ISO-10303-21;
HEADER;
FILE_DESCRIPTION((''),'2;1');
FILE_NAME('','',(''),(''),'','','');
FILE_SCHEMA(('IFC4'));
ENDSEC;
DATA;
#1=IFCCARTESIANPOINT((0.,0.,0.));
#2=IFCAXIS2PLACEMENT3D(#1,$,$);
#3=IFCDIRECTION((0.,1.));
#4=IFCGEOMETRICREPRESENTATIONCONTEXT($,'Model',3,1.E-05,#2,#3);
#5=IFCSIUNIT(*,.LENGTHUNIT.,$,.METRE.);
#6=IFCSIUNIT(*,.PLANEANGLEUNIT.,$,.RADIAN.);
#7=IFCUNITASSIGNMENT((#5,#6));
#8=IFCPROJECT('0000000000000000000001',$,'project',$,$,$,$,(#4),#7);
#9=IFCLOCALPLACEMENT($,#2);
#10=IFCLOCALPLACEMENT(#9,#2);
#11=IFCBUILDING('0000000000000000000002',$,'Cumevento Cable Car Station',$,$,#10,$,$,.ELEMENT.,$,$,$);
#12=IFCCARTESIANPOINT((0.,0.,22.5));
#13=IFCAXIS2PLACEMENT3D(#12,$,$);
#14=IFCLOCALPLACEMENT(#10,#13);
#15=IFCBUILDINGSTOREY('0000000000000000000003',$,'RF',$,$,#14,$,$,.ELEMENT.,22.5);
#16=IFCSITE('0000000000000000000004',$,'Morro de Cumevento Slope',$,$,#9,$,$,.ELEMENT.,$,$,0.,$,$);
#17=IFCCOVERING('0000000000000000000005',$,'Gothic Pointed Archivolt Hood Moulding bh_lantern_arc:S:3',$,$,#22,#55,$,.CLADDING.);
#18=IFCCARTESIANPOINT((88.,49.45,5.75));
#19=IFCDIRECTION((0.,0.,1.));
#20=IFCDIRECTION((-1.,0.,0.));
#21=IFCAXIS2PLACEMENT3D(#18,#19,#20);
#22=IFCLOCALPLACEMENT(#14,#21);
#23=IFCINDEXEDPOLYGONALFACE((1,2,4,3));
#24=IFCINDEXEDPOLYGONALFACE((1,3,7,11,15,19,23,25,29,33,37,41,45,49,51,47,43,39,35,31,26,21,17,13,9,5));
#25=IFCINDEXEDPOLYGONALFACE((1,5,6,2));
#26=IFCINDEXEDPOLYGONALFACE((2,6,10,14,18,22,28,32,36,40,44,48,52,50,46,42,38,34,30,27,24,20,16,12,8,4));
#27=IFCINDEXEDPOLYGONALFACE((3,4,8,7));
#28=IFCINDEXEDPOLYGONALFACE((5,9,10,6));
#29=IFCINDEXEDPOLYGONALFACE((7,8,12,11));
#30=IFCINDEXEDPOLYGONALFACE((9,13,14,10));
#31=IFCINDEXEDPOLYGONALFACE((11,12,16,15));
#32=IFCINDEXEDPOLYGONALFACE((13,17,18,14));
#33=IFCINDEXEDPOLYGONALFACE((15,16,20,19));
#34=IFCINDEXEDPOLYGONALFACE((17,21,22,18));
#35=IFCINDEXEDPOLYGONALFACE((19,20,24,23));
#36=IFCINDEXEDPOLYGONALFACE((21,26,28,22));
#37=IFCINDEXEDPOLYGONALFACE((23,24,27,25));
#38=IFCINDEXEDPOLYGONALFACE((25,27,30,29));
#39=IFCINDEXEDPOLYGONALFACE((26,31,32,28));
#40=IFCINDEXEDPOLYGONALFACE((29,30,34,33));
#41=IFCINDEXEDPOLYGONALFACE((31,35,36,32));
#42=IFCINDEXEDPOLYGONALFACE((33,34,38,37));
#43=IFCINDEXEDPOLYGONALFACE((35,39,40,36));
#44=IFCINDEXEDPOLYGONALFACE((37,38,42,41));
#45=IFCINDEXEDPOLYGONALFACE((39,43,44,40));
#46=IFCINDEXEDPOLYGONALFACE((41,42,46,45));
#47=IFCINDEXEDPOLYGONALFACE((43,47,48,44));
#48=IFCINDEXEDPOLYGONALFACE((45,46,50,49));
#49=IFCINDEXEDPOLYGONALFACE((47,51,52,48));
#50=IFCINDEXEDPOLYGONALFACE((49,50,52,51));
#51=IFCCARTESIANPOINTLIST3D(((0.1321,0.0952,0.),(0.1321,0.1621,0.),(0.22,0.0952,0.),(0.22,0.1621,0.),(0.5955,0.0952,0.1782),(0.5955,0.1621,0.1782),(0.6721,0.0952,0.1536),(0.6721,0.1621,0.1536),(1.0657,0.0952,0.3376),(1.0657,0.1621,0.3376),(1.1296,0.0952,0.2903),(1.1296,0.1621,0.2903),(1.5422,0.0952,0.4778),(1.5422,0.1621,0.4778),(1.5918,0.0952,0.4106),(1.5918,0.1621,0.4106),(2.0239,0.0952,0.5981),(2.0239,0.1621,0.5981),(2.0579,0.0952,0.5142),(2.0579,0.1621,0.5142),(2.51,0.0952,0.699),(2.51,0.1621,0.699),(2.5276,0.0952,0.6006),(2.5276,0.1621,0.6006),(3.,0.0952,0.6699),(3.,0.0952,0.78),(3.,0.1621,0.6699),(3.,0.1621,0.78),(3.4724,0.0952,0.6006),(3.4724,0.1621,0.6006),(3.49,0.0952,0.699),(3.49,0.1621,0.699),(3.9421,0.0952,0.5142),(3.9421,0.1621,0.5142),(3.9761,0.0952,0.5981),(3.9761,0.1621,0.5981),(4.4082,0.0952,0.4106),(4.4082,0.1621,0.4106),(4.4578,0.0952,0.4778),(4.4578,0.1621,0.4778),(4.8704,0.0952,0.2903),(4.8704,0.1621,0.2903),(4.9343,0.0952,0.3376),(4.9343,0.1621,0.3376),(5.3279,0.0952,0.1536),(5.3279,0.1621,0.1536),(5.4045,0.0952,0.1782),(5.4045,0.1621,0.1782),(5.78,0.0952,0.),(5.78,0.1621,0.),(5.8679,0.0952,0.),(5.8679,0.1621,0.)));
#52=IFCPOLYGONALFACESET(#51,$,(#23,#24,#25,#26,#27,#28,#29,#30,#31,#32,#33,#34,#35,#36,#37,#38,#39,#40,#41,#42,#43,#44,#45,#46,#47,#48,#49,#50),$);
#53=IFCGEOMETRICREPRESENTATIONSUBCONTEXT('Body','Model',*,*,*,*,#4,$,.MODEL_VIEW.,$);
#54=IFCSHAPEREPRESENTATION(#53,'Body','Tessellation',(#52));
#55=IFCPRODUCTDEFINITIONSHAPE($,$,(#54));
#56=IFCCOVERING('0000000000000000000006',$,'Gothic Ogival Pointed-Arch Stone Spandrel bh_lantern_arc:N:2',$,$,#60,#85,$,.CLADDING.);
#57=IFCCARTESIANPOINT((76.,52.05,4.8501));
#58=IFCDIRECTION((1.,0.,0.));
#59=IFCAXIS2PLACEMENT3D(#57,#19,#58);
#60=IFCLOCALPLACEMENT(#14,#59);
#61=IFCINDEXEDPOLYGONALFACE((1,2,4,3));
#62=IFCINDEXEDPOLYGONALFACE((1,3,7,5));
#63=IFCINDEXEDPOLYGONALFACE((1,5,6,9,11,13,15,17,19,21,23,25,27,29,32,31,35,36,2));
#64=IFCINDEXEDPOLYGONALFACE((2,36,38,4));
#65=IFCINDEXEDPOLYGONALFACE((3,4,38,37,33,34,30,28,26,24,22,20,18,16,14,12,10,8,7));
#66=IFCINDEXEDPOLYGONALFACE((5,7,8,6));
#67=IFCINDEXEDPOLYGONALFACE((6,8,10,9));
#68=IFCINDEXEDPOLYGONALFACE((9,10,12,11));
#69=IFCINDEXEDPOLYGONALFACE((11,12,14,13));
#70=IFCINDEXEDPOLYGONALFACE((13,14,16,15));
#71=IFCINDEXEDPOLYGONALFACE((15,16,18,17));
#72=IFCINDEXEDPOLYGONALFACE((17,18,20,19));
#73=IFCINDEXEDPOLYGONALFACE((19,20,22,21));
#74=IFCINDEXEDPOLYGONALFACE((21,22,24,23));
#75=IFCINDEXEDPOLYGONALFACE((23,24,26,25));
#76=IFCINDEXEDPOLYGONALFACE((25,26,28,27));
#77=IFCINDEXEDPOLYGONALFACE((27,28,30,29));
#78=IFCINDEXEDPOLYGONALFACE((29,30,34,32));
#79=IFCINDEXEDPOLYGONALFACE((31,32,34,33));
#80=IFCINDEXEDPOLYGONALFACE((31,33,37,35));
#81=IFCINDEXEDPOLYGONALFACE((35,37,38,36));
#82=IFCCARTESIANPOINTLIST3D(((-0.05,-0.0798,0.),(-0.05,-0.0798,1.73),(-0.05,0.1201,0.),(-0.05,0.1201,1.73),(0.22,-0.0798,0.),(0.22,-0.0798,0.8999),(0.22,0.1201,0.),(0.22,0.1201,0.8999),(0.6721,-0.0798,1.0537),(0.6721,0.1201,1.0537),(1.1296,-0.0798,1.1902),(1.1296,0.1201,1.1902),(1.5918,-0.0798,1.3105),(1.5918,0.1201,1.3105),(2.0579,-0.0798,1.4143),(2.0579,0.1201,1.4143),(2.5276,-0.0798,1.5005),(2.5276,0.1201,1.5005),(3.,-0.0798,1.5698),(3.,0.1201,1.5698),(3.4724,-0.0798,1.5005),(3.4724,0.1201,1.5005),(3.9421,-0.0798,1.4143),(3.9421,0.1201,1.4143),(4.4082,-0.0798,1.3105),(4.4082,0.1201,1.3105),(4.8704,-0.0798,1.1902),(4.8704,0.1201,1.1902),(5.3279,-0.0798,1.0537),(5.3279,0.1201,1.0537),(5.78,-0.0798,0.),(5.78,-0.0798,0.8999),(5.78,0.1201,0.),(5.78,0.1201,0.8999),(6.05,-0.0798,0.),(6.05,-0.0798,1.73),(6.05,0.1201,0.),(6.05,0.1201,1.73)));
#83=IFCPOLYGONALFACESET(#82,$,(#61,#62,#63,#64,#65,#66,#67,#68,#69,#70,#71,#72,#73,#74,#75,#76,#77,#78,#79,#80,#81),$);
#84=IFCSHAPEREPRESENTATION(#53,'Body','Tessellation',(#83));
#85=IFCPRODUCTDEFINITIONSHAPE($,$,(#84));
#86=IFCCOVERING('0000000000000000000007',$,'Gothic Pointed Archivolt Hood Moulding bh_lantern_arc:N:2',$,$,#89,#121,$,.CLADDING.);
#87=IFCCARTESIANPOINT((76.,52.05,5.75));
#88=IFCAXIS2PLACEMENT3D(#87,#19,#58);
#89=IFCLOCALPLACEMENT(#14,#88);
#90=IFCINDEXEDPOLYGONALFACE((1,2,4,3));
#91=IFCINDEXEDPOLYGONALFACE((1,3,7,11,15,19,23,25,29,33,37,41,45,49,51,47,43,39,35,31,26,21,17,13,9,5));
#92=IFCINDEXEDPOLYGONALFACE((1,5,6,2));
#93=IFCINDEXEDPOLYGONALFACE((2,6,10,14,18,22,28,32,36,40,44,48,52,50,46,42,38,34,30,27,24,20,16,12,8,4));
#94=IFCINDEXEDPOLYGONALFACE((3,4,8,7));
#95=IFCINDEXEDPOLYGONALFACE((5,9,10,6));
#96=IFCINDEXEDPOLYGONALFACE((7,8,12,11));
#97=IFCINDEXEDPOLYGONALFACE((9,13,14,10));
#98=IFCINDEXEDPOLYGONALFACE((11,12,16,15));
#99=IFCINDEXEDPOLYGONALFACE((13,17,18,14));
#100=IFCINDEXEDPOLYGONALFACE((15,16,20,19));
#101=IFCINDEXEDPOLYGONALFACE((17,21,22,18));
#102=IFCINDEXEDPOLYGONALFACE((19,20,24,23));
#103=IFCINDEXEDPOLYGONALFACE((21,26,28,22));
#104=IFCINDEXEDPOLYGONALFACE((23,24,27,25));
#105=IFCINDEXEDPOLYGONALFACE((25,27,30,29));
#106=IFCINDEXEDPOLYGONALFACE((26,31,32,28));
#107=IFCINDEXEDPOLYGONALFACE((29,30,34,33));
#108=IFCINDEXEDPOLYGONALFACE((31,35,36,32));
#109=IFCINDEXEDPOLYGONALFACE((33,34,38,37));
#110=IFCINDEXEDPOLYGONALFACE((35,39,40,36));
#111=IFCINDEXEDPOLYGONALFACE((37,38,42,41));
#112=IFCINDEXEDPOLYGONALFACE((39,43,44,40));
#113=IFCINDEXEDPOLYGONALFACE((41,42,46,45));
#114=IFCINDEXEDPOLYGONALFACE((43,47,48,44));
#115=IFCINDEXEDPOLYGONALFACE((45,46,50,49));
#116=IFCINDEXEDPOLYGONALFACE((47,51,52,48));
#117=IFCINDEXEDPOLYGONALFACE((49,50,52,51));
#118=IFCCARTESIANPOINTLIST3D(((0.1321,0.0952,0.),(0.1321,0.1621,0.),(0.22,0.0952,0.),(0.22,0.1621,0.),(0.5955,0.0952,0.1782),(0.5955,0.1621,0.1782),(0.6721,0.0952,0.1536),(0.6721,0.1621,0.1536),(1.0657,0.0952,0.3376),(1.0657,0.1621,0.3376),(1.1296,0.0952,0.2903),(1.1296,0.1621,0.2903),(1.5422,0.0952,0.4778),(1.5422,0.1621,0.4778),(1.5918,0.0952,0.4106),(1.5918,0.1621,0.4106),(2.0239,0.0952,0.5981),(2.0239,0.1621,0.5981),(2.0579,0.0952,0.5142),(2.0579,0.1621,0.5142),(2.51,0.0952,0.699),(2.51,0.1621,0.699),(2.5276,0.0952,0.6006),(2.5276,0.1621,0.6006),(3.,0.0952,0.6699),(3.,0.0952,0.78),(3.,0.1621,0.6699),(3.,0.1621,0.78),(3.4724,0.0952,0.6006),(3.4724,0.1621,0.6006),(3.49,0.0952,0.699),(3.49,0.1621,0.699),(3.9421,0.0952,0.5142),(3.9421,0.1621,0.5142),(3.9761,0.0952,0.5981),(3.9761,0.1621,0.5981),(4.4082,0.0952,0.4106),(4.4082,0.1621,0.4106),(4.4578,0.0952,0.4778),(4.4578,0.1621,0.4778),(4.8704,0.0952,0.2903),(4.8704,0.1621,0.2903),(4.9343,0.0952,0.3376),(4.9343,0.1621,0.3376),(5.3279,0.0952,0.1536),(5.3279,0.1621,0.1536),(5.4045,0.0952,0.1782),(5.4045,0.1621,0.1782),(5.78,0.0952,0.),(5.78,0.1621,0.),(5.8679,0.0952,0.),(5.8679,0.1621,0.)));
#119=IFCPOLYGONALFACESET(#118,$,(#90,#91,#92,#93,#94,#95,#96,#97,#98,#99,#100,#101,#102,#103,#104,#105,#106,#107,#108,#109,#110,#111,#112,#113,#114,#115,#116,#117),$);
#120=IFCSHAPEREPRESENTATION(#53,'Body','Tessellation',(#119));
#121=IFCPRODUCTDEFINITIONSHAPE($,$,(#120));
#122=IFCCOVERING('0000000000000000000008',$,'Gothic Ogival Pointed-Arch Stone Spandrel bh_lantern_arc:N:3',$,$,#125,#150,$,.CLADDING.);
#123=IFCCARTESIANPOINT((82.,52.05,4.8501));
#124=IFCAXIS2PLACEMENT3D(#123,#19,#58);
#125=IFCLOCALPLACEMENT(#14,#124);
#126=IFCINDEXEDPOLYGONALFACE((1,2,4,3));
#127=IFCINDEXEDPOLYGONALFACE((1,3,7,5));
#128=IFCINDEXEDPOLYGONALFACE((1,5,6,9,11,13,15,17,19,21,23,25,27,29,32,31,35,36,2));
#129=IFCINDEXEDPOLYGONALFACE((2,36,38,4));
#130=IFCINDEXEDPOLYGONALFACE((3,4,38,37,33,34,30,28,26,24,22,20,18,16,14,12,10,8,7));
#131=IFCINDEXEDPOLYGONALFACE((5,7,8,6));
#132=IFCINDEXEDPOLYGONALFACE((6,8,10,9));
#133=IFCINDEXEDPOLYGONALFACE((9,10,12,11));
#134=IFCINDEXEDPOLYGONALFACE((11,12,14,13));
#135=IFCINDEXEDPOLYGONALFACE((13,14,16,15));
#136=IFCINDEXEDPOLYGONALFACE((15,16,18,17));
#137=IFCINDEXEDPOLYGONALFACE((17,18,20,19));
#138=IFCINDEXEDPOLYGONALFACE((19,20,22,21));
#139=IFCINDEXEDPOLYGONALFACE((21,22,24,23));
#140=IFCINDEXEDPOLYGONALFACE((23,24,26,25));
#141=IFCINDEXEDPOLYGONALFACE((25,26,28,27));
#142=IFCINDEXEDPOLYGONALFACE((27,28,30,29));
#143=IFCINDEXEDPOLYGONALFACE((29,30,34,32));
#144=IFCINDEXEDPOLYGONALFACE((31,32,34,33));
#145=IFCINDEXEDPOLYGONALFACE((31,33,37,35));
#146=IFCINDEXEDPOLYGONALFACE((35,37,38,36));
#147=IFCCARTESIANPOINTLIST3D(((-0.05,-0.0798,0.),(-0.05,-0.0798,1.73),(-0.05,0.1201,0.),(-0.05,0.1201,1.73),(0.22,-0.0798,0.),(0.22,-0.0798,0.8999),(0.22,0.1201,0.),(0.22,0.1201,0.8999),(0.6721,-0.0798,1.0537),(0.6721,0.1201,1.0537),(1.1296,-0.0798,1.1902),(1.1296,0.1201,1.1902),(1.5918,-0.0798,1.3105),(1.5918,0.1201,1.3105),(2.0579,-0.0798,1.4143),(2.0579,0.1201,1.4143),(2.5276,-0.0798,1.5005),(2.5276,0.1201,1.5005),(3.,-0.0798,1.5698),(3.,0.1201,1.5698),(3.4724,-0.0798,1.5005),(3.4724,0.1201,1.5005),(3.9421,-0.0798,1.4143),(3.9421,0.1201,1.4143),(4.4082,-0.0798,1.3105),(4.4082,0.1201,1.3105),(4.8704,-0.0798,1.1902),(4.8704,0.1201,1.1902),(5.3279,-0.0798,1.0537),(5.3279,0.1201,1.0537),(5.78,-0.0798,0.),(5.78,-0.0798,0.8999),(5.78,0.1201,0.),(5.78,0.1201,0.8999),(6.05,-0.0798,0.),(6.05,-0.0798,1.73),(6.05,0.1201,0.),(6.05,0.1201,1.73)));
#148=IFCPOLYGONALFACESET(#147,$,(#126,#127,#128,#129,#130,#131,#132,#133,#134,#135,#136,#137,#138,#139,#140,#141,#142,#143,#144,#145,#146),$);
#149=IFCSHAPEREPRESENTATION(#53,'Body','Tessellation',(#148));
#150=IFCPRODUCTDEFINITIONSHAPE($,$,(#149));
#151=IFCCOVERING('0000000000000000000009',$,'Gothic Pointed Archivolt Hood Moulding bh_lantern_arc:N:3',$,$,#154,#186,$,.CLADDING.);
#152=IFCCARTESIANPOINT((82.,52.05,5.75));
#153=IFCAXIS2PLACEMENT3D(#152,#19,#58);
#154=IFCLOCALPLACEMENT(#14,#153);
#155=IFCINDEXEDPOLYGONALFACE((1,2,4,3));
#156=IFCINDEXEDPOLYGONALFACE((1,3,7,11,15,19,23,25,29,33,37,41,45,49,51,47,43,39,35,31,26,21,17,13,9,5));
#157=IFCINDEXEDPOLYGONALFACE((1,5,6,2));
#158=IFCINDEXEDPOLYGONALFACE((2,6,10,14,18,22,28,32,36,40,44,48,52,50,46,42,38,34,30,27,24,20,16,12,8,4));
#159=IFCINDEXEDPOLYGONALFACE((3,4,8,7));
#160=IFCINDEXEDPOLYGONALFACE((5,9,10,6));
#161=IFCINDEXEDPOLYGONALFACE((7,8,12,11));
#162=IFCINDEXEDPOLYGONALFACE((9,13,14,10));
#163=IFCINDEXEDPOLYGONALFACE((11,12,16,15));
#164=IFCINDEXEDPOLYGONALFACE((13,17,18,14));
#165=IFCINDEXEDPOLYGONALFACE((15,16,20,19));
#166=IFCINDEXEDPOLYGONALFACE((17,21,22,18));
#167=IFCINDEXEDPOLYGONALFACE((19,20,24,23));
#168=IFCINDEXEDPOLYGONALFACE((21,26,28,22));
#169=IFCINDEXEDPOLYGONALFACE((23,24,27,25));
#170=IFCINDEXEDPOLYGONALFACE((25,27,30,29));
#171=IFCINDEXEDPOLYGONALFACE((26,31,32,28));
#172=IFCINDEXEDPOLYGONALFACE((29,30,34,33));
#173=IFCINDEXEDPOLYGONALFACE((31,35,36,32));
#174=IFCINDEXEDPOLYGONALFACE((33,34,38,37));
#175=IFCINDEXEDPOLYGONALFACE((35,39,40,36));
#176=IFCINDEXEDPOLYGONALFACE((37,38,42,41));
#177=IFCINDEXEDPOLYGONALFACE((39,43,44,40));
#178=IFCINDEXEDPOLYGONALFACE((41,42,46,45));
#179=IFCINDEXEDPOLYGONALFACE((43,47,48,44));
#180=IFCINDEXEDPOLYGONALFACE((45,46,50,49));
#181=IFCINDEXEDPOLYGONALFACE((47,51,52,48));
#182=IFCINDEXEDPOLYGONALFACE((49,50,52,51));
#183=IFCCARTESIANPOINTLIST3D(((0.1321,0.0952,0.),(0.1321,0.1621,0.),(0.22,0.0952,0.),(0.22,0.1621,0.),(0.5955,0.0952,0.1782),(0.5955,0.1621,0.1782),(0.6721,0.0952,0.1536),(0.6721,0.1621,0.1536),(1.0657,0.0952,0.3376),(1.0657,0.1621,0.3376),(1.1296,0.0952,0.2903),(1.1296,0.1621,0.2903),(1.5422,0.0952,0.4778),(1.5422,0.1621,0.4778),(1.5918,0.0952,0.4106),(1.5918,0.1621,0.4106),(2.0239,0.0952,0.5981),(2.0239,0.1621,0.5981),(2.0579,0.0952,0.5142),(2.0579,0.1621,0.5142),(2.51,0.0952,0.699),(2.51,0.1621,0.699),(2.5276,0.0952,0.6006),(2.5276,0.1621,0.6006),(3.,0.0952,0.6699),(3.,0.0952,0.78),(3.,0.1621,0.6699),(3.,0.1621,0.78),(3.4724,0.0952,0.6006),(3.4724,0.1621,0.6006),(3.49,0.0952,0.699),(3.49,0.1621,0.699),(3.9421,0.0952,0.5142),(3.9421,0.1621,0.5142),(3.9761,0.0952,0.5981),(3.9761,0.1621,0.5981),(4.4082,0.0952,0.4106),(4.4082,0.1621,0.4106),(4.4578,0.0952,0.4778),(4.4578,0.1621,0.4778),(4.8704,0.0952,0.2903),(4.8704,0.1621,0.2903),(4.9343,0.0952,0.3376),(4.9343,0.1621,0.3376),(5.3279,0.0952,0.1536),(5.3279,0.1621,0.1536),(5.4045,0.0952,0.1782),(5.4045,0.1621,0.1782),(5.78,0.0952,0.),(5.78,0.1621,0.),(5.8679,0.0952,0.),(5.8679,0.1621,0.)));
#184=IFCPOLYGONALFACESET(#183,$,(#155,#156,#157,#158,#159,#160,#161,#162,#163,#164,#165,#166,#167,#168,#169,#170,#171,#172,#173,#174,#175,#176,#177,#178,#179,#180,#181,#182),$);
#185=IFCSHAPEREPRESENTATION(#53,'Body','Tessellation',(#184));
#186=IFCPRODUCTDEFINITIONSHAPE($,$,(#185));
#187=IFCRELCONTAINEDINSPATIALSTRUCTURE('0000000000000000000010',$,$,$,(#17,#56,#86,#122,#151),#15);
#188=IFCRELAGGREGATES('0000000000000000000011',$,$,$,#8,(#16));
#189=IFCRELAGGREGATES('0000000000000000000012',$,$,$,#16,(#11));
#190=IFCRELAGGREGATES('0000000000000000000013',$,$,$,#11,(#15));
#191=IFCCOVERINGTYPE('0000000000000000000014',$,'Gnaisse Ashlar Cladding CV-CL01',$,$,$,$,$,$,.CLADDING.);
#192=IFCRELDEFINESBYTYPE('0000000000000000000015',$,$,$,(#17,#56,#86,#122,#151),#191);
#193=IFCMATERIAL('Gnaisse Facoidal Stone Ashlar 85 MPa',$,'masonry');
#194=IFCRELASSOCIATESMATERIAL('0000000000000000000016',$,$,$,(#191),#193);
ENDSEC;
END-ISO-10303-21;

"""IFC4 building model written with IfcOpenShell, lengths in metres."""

from ifc_helpers import new_model, si_unit, direction, frame, origin, place, context, subcontext, project, spatial, polyline, outline, extrude, material, type_object, element, save


model = new_model("IFC4")

# Units and contexts
model_context = context("Model", 3, precision=1e-05, world=origin(), true_north=direction((0.0, 1.0)))
body_context = subcontext(model_context, "Body", "Model", "MODEL_VIEW")
ifc_project = project(units=[si_unit("LENGTHUNIT", "METRE"), si_unit("PLANEANGLEUNIT", "RADIAN")], contexts=[model_context])

# Site, building, storey
site_placement = place(None, origin())
site = spatial("IfcSite", under=ifc_project, at=site_placement, Name="Morro de Cumevento Slope", CompositionType="ELEMENT", RefElevation=0.0)
building_placement = place(site_placement, origin())
building = spatial("IfcBuilding", under=site, at=building_placement, Name="Cumevento Cable Car Station", CompositionType="ELEMENT")
storey_placement = place(building_placement, frame((0.0, 0.0, 22.5)))
storey = spatial("IfcBuildingStorey", under=building, at=storey_placement, Name="RF", CompositionType="ELEMENT", Elevation=22.5)

# Coverings
ifc_material_1 = material(Name="Gnaisse Facoidal Stone Ashlar 85 MPa", Category="masonry")
covering_type_1 = type_object("IfcCoveringType", Name="Gnaisse Ashlar Cladding CV-CL01", PredefinedType="CLADDING", material=ifc_material_1)
covering_1_placement = place(storey_placement, frame((88.0, 49.45, 5.75), z_axis=(0.0, 0.0, 1.0), x_axis=(-1.0, 0.0, 0.0)))
element("IfcCovering", 1, at=covering_1_placement, inside=storey, type_object=covering_type_1, Name="Gothic Pointed Archivolt Hood Moulding bh_lantern_arc:S:3", PredefinedType="CLADDING", context=body_context, shape_type="SweptSolid", body=[
    extrude(outline(polyline([(0.22, 0.0), (0.6721, 0.1536), (1.1296, 0.2903), (1.5918, 0.4106), (2.0579, 0.5142), (2.5276, 0.6006), (3.0, 0.6699), (3.4724, 0.6006), (3.9421, 0.5142), (4.4082, 0.4106), (4.8704, 0.2903), (5.3279, 0.1536), (5.78, 0.0), (5.8679, 0.0), (5.4045, 0.1782), (4.9343, 0.3376), (4.4578, 0.4778), (3.9761, 0.5981), (3.49, 0.699), (3.0, 0.78), (2.51, 0.699), (2.0239, 0.5981), (1.5422, 0.4778), (1.0657, 0.3376), (0.5955, 0.1782), (0.1321, 0.0), (0.22, 0.0)])), frame((0.0, 0.1621, 0.0), z_axis=(0.0, -1.0, 0.0), x_axis=(1.0, 0.0, 0.0)), (0.0, 0.0, 1.0), 0.0669),
])
covering_2_placement = place(storey_placement, frame((76.0, 52.05, 4.8501), z_axis=(0.0, 0.0, 1.0), x_axis=(1.0, 0.0, 0.0)))
element("IfcCovering", 2, at=covering_2_placement, inside=storey, type_object=covering_type_1, Name="Gothic Ogival Pointed-Arch Stone Spandrel bh_lantern_arc:N:2", PredefinedType="CLADDING", context=body_context, shape_type="SweptSolid", body=[
    extrude(outline(polyline([(-0.05, 0.0), (-0.05, 1.73), (6.05, 1.73), (6.05, 0.0), (5.78, 0.0), (5.78, 0.8999), (5.3279, 1.0537), (4.8704, 1.1902), (4.4082, 1.3105), (3.9421, 1.4143), (3.4724, 1.5005), (3.0, 1.5698), (2.5276, 1.5005), (2.0579, 1.4143), (1.5918, 1.3105), (1.1296, 1.1902), (0.6721, 1.0537), (0.22, 0.8999), (0.22, 0.0), (-0.05, 0.0)])), frame((0.0, 0.1201, 0.0), z_axis=(0.0, -1.0, 0.0), x_axis=(1.0, 0.0, 0.0)), (0.0, 0.0, 1.0), 0.2),
])
covering_3_placement = place(storey_placement, frame((76.0, 52.05, 5.75), z_axis=(0.0, 0.0, 1.0), x_axis=(1.0, 0.0, 0.0)))
element("IfcCovering", 3, at=covering_3_placement, inside=storey, type_object=covering_type_1, Name="Gothic Pointed Archivolt Hood Moulding bh_lantern_arc:N:2", PredefinedType="CLADDING", context=body_context, shape_type="SweptSolid", body=[
    extrude(outline(polyline([(0.22, 0.0), (0.6721, 0.1536), (1.1296, 0.2903), (1.5918, 0.4106), (2.0579, 0.5142), (2.5276, 0.6006), (3.0, 0.6699), (3.4724, 0.6006), (3.9421, 0.5142), (4.4082, 0.4106), (4.8704, 0.2903), (5.3279, 0.1536), (5.78, 0.0), (5.8679, 0.0), (5.4045, 0.1782), (4.9343, 0.3376), (4.4578, 0.4778), (3.9761, 0.5981), (3.49, 0.699), (3.0, 0.78), (2.51, 0.699), (2.0239, 0.5981), (1.5422, 0.4778), (1.0657, 0.3376), (0.5955, 0.1782), (0.1321, 0.0), (0.22, 0.0)])), frame((0.0, 0.1621, 0.0), z_axis=(0.0, -1.0, 0.0), x_axis=(1.0, 0.0, 0.0)), (0.0, 0.0, 1.0), 0.0669),
])
covering_4_placement = place(storey_placement, frame((82.0, 52.05, 4.8501), z_axis=(0.0, 0.0, 1.0), x_axis=(1.0, 0.0, 0.0)))
element("IfcCovering", 4, at=covering_4_placement, inside=storey, type_object=covering_type_1, Name="Gothic Ogival Pointed-Arch Stone Spandrel bh_lantern_arc:N:3", PredefinedType="CLADDING", context=body_context, shape_type="SweptSolid", body=[
    extrude(outline(polyline([(-0.05, 0.0), (-0.05, 1.73), (6.05, 1.73), (6.05, 0.0), (5.78, 0.0), (5.78, 0.8999), (5.3279, 1.0537), (4.8704, 1.1902), (4.4082, 1.3105), (3.9421, 1.4143), (3.4724, 1.5005), (3.0, 1.5698), (2.5276, 1.5005), (2.0579, 1.4143), (1.5918, 1.3105), (1.1296, 1.1902), (0.6721, 1.0537), (0.22, 0.8999), (0.22, 0.0), (-0.05, 0.0)])), frame((0.0, 0.1201, 0.0), z_axis=(0.0, -1.0, 0.0), x_axis=(1.0, 0.0, 0.0)), (0.0, 0.0, 1.0), 0.2),
])
covering_5_placement = place(storey_placement, frame((82.0, 52.05, 5.75), z_axis=(0.0, 0.0, 1.0), x_axis=(1.0, 0.0, 0.0)))
element("IfcCovering", 5, at=covering_5_placement, inside=storey, type_object=covering_type_1, Name="Gothic Pointed Archivolt Hood Moulding bh_lantern_arc:N:3", PredefinedType="CLADDING", context=body_context, shape_type="SweptSolid", body=[
    extrude(outline(polyline([(0.22, 0.0), (0.6721, 0.1536), (1.1296, 0.2903), (1.5918, 0.4106), (2.0579, 0.5142), (2.5276, 0.6006), (3.0, 0.6699), (3.4724, 0.6006), (3.9421, 0.5142), (4.4082, 0.4106), (4.8704, 0.2903), (5.3279, 0.1536), (5.78, 0.0), (5.8679, 0.0), (5.4045, 0.1782), (4.9343, 0.3376), (4.4578, 0.4778), (3.9761, 0.5981), (3.49, 0.699), (3.0, 0.78), (2.51, 0.699), (2.0239, 0.5981), (1.5422, 0.4778), (1.0657, 0.3376), (0.5955, 0.1782), (0.1321, 0.0), (0.22, 0.0)])), frame((0.0, 0.1621, 0.0), z_axis=(0.0, -1.0, 0.0), x_axis=(1.0, 0.0, 0.0)), (0.0, 0.0, 1.0), 0.0669),
])

save(model, "model.ifc")
